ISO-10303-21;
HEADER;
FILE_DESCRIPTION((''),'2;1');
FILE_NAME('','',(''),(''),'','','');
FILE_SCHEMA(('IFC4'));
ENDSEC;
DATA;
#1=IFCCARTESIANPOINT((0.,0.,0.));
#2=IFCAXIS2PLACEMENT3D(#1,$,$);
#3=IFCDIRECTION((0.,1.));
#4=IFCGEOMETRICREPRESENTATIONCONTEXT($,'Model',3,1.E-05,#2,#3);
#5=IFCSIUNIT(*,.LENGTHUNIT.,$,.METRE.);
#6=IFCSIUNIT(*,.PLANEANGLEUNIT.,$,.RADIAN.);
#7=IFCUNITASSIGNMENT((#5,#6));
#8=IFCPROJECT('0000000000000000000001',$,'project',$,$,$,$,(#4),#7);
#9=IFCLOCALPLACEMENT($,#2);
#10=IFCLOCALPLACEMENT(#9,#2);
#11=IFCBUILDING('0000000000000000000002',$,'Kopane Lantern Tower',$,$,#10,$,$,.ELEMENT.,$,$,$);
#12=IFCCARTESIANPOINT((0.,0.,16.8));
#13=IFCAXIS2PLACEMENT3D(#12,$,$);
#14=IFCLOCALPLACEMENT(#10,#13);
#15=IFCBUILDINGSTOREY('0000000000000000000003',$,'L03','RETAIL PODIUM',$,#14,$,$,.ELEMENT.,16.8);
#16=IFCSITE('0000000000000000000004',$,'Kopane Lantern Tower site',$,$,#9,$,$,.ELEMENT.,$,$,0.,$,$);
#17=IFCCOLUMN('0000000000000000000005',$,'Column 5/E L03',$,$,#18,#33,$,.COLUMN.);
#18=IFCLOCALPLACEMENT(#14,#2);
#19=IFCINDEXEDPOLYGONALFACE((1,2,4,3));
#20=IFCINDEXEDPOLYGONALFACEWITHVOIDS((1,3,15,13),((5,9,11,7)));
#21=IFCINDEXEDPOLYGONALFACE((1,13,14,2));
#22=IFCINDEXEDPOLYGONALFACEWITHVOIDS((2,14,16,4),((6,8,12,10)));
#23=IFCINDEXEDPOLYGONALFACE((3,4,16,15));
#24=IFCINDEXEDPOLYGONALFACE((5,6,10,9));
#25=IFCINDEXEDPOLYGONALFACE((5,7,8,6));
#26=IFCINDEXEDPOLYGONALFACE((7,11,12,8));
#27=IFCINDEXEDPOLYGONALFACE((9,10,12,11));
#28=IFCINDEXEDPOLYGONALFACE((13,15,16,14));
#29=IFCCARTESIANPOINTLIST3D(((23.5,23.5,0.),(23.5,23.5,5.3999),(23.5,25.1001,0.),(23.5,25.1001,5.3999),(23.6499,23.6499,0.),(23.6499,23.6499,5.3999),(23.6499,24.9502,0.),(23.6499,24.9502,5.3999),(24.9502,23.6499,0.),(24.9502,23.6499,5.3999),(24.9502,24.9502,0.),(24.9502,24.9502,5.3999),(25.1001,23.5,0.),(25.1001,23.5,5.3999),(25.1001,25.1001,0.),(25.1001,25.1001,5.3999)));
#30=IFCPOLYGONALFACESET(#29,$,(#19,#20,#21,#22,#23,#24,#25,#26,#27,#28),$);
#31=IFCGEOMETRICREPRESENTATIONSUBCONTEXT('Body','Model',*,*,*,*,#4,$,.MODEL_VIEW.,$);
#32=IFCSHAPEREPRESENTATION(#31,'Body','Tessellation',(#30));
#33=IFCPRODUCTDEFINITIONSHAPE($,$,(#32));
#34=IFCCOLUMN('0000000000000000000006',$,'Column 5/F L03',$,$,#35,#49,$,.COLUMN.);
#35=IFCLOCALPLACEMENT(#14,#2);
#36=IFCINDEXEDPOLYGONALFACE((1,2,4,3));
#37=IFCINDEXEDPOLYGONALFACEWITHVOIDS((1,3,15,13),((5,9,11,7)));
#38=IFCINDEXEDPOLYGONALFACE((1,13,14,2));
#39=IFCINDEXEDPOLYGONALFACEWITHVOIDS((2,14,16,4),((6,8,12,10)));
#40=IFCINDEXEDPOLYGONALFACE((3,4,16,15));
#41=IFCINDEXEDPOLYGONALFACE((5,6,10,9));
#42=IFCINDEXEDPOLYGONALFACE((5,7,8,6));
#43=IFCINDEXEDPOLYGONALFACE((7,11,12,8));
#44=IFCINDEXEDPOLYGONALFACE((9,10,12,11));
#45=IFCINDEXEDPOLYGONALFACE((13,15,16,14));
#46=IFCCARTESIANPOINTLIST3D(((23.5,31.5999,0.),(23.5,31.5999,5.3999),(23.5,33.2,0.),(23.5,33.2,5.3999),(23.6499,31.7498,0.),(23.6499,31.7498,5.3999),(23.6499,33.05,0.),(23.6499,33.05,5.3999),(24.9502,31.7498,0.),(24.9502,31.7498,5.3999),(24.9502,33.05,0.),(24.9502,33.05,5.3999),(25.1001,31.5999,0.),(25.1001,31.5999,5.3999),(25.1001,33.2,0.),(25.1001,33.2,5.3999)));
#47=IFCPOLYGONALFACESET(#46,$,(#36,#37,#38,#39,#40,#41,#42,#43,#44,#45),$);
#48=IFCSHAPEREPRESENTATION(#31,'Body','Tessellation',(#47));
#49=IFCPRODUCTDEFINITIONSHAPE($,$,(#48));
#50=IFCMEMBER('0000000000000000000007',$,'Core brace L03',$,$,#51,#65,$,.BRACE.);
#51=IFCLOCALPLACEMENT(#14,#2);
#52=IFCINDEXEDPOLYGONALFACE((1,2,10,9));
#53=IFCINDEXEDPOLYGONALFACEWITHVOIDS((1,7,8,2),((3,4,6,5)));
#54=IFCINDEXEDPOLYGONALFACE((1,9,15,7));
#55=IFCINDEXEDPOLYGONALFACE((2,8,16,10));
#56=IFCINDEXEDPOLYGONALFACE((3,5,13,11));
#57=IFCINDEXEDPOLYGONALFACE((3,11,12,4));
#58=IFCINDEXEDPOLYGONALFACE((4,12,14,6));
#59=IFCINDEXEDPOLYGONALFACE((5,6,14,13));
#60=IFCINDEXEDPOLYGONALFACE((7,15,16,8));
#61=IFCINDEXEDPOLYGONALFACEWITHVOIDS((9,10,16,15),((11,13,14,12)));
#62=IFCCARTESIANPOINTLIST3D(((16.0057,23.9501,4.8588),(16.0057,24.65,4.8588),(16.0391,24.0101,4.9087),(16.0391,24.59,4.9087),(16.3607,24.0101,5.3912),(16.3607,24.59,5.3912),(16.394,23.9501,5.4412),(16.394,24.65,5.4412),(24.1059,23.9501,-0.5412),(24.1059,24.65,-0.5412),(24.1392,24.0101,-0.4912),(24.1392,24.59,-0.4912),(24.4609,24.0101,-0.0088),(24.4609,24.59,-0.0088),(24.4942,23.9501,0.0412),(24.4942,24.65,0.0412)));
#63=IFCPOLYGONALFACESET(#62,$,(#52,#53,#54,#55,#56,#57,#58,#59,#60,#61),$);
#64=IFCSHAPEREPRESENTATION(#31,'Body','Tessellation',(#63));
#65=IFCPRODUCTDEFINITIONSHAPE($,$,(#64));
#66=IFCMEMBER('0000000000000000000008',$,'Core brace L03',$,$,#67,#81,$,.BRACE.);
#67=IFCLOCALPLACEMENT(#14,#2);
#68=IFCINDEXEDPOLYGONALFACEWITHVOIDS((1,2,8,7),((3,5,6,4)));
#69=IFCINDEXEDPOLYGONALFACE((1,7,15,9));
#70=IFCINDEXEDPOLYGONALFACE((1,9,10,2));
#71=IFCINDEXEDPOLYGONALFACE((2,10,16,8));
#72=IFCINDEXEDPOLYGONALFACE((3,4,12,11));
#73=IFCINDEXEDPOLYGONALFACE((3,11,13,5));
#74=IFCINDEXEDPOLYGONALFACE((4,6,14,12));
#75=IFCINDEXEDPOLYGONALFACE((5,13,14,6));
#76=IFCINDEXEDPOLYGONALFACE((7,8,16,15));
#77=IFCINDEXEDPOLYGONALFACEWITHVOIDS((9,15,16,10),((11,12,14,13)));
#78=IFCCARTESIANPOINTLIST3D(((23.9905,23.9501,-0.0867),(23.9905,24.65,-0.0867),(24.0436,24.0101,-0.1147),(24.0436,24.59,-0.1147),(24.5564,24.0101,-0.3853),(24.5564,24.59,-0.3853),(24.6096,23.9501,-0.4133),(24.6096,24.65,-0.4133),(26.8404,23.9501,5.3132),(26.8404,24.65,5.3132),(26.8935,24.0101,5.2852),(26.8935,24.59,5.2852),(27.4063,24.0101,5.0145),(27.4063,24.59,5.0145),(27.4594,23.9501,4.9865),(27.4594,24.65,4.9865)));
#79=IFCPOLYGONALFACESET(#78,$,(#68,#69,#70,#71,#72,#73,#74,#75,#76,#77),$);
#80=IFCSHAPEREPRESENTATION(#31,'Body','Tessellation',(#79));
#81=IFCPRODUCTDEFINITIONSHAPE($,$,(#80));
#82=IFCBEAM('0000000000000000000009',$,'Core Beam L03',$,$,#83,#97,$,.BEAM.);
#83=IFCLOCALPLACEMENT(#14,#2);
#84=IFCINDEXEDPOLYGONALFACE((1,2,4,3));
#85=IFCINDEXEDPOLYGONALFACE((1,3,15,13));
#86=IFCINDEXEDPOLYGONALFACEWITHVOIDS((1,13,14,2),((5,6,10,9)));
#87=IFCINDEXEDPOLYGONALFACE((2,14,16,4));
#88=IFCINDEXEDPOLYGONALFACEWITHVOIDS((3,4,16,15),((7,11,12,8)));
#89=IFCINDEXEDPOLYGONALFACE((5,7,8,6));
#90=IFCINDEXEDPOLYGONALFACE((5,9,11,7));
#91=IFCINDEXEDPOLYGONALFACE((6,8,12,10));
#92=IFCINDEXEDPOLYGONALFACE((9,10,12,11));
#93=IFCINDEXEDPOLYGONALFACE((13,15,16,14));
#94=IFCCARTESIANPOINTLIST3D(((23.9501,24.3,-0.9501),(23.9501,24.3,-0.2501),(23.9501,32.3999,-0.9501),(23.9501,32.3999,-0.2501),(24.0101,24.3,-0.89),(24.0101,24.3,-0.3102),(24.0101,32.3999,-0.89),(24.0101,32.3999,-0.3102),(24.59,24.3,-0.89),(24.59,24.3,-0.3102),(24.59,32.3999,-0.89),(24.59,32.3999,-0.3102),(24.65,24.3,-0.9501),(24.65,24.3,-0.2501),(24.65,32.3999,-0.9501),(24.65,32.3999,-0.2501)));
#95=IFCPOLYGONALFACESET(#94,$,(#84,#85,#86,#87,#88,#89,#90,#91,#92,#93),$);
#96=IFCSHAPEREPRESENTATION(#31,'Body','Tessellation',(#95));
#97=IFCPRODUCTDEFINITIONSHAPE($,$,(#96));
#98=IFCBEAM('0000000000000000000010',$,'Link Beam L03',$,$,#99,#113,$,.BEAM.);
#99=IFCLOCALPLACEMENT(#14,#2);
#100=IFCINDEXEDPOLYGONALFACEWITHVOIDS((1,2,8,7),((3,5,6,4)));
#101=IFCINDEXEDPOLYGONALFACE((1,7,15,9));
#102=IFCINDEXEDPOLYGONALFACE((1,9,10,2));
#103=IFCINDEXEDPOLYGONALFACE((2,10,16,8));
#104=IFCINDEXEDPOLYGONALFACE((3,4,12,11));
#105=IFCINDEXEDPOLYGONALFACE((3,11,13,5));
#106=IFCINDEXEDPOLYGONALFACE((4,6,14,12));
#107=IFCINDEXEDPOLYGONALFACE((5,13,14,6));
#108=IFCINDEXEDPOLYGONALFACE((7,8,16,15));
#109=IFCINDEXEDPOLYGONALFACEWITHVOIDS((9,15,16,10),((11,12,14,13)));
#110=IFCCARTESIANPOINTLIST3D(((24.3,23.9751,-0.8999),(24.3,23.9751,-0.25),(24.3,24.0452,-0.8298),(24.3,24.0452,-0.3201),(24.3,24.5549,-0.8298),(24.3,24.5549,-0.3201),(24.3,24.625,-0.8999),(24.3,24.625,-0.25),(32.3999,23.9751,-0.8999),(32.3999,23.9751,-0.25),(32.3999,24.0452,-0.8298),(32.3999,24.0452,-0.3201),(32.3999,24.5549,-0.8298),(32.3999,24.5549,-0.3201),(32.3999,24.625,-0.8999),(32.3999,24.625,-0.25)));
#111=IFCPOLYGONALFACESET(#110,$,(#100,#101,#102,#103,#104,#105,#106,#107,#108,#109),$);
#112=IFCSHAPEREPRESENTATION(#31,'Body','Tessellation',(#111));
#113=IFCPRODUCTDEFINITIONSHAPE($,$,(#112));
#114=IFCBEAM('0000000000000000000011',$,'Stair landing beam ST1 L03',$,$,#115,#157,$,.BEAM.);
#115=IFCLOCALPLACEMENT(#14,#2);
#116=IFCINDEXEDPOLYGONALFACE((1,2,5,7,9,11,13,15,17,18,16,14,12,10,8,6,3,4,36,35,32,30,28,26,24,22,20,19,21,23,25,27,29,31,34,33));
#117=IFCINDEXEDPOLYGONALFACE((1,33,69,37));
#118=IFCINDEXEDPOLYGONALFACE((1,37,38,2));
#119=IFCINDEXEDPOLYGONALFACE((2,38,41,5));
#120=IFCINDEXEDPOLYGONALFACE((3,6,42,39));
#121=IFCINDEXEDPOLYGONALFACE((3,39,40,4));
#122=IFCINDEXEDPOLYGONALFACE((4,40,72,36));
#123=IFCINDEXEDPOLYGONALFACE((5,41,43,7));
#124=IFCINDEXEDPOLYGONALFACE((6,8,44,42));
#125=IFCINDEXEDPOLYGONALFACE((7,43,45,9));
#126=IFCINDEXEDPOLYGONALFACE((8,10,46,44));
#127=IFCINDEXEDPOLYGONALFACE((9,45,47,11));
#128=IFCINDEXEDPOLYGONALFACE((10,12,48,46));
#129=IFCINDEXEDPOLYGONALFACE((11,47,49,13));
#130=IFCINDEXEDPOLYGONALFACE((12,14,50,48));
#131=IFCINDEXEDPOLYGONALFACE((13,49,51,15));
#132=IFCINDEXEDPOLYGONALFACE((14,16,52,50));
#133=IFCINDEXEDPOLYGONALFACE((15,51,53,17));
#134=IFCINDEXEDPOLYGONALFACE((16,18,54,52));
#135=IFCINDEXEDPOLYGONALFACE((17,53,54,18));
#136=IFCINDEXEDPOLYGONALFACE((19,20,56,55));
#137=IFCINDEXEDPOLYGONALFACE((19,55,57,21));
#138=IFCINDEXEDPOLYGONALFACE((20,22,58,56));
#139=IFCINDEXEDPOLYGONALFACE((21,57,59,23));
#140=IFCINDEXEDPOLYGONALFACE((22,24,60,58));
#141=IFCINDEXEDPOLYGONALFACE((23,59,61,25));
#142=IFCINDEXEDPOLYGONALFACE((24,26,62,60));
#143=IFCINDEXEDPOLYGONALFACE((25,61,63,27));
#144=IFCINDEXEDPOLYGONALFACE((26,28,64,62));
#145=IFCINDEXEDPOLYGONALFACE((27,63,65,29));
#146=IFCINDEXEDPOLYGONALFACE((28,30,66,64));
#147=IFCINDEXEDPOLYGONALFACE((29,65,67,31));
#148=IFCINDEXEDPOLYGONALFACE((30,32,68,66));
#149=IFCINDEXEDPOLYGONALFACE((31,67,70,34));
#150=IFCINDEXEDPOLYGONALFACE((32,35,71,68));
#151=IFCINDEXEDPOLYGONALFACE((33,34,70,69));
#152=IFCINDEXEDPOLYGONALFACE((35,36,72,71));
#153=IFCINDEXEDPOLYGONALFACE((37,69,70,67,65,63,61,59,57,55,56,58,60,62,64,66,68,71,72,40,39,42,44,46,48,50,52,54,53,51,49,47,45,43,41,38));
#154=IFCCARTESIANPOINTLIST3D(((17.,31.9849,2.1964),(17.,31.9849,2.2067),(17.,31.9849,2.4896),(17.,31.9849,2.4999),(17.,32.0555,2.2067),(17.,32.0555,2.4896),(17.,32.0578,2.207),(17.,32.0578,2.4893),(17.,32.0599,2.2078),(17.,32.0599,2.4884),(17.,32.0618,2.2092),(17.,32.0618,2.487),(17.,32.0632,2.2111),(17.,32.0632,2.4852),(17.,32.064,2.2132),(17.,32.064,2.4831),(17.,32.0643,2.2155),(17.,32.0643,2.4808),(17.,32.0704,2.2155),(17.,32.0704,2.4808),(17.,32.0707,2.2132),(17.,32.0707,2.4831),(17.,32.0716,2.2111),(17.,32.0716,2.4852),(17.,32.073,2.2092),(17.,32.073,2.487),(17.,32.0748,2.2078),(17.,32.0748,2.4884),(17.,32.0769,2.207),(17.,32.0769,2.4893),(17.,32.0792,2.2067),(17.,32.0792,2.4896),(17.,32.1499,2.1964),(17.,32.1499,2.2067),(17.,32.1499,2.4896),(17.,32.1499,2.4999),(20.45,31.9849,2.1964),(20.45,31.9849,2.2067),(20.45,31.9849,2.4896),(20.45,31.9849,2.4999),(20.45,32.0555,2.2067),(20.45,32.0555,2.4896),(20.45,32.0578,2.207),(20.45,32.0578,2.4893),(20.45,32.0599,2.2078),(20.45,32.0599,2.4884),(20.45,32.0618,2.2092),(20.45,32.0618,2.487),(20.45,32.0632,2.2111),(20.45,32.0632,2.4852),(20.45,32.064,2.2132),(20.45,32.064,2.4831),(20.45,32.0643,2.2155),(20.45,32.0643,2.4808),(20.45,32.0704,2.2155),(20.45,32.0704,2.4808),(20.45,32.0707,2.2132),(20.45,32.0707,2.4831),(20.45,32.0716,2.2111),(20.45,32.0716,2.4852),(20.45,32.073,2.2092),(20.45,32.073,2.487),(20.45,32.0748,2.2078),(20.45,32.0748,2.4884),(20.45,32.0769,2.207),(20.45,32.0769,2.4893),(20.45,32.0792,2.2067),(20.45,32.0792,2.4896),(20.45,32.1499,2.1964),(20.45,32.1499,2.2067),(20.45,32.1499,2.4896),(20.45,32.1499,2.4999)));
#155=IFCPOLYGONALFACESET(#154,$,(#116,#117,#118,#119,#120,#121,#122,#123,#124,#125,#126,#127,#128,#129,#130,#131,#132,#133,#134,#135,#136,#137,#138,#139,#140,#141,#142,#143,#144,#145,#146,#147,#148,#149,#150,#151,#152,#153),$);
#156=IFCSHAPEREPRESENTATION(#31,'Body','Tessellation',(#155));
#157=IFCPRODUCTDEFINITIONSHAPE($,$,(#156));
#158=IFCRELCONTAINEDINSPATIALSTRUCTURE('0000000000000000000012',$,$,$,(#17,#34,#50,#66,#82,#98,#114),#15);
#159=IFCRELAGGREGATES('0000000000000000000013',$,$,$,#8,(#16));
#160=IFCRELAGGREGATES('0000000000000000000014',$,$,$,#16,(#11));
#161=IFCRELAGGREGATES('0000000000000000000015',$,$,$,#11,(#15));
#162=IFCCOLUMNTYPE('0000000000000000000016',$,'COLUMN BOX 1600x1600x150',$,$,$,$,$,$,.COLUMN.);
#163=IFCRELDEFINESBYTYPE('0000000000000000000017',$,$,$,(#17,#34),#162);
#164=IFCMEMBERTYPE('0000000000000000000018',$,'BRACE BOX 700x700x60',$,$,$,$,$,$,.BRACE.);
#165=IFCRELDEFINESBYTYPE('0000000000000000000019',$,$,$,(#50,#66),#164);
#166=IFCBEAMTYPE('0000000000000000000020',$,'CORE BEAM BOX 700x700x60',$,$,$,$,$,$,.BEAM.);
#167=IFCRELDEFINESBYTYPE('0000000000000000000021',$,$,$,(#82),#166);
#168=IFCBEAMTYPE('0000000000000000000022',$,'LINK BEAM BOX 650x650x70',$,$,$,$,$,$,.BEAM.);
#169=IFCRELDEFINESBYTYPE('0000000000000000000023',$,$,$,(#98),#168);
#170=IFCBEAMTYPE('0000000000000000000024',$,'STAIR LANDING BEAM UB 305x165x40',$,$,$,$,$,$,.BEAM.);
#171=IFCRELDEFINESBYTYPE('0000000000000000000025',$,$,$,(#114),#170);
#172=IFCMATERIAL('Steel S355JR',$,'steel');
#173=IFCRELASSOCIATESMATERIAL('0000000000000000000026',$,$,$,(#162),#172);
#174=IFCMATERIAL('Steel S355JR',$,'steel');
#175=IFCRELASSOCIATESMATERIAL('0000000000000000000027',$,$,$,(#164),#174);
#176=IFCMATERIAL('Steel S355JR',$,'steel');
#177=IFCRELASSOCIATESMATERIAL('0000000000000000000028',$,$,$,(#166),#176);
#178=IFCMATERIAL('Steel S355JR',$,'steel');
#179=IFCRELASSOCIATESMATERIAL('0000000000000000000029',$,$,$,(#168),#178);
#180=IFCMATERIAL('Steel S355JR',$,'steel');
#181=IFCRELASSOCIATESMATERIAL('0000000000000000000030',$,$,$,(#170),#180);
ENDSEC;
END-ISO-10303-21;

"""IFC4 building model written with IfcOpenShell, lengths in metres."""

from ifc_helpers import new_model, si_unit, direction, frame, origin, origin_2d, place, context, subcontext, project, spatial, hollow_rectangle, i_section, extrude, material, material_profile, profile_set, type_object, element, save


model = new_model("IFC4")

# Units and contexts
model_context = context("Model", 3, precision=1e-05, world=origin(), true_north=direction((0.0, 1.0)))
body_context = subcontext(model_context, "Body", "Model", "MODEL_VIEW")
ifc_project = project(units=[si_unit("LENGTHUNIT", "METRE"), si_unit("PLANEANGLEUNIT", "RADIAN")], contexts=[model_context])

# Site, building, storey
site_placement = place(None, origin())
site = spatial("IfcSite", under=ifc_project, at=site_placement, Name="Kopane Lantern Tower site", CompositionType="ELEMENT", RefElevation=0.0)
building_placement = place(site_placement, origin())
building = spatial("IfcBuilding", under=site, at=building_placement, Name="Kopane Lantern Tower", CompositionType="ELEMENT")
storey_placement = place(building_placement, frame((0.0, 0.0, 16.8)))
storey = spatial("IfcBuildingStorey", under=building, at=storey_placement, Name="L03", Description="RETAIL PODIUM", CompositionType="ELEMENT", Elevation=16.8)

# Columns
ifc_material_1 = material(Name="Steel S355JR", Category="steel")
ifc_material_profile_1 = material_profile(ifc_material_1, hollow_rectangle(XDim=1.6001, YDim=1.6001, WallThickness=0.1499, at=origin_2d()), Name="BOX 1600x1600x150")
ifc_profile_set_1 = profile_set([ifc_material_profile_1], Name="Steel S355JR")
column_type = type_object("IfcColumnType", Name="COLUMN BOX 1600x1600x150", PredefinedType="COLUMN", material=ifc_profile_set_1)
for number, where, z_axis, x_axis, name in (
    (1, (24.3, 24.3, 0.0), (0.0, 0.0, 1.0), (1.0, 0.0, 0.0), "Column 5/E L03"),
    (2, (24.3, 32.3999, 0.0), (0.0, 0.0, 1.0), (1.0, 0.0, 0.0), "Column 5/F L03"),
):
    element("IfcColumn", number, at=place(storey_placement, frame(where, z_axis=z_axis, x_axis=x_axis)), inside=storey, type_object=column_type, Name=name, PredefinedType="COLUMN", context=body_context, shape_type="SweptSolid", body=[
        extrude(hollow_rectangle(XDim=1.6001, YDim=1.6001, WallThickness=0.1499, at=origin_2d()), origin(), (0.0, 0.0, 1.0), 5.3999),
    ])

# Members
ifc_material_2 = material(Name="Steel S355JR", Category="steel")
ifc_material_profile_2 = material_profile(ifc_material_2, hollow_rectangle(XDim=0.7, YDim=0.7, WallThickness=0.0601, at=origin_2d()), Name="BOX 700x700x60")
ifc_profile_set_2 = profile_set([ifc_material_profile_2], Name="Steel S355JR")
member_type = type_object("IfcMemberType", Name="BRACE BOX 700x700x60", PredefinedType="BRACE", material=ifc_profile_set_2)
member_1_placement = place(storey_placement, frame((24.3, 24.3, -0.25), z_axis=(-0.832058, 0.0, 0.554689), x_axis=(0.0, -1.0, 0.0)))
element("IfcMember", 3, at=member_1_placement, inside=storey, type_object=member_type, Name="Core brace L03", PredefinedType="BRACE", context=body_context, shape_type="SweptSolid", body=[
    extrude(hollow_rectangle(XDim=0.7, YDim=0.7, WallThickness=0.0601, at=origin_2d()), origin(), (0.0, 0.0, 1.0), 9.7351),
])
member_2_placement = place(storey_placement, frame((24.3, 24.3, -0.25), z_axis=(0.466746, 0.0, 0.884391), x_axis=(0.0, 1.0, 0.0)))
element("IfcMember", 4, at=member_2_placement, inside=storey, type_object=member_type, Name="Core brace L03", PredefinedType="BRACE", context=body_context, shape_type="SweptSolid", body=[
    extrude(hollow_rectangle(XDim=0.7, YDim=0.7, WallThickness=0.0601, at=origin_2d()), origin(), (0.0, 0.0, 1.0), 6.1057),
])

# Beams
ifc_material_3 = material(Name="Steel S355JR", Category="steel")
ifc_material_profile_3 = material_profile(ifc_material_3, hollow_rectangle(XDim=0.7, YDim=0.7, WallThickness=0.0601, at=origin_2d()), Name="BOX 700x700x60")
ifc_profile_set_3 = profile_set([ifc_material_profile_3], Name="Steel S355JR")
beam_type_1 = type_object("IfcBeamType", Name="CORE BEAM BOX 700x700x60", PredefinedType="BEAM", material=ifc_profile_set_3)
beam_1_placement = place(storey_placement, frame((24.3, 24.3, -0.6001), z_axis=(0.0, 1.0, 0.0), x_axis=(-1.0, 0.0, 0.0)))
element("IfcBeam", 5, at=beam_1_placement, inside=storey, type_object=beam_type_1, Name="Core Beam L03", PredefinedType="BEAM", context=body_context, shape_type="SweptSolid", body=[
    extrude(hollow_rectangle(XDim=0.7, YDim=0.7, WallThickness=0.0601, at=origin_2d()), origin(), (0.0, 0.0, 1.0), 8.0999),
])
ifc_material_4 = material(Name="Steel S355JR", Category="steel")
ifc_material_profile_4 = material_profile(ifc_material_4, hollow_rectangle(XDim=0.6499, YDim=0.6499, WallThickness=0.0701, at=origin_2d()), Name="BOX 650x650x70")
ifc_profile_set_4 = profile_set([ifc_material_profile_4], Name="Steel S355JR")
beam_type_2 = type_object("IfcBeamType", Name="LINK BEAM BOX 650x650x70", PredefinedType="BEAM", material=ifc_profile_set_4)
beam_2_placement = place(storey_placement, frame((24.3, 24.3, -0.575), z_axis=(1.0, 0.0, 0.0), x_axis=(0.0, 1.0, 0.0)))
element("IfcBeam", 6, at=beam_2_placement, inside=storey, type_object=beam_type_2, Name="Link Beam L03", PredefinedType="BEAM", context=body_context, shape_type="SweptSolid", body=[
    extrude(hollow_rectangle(XDim=0.6499, YDim=0.6499, WallThickness=0.0701, at=origin_2d()), origin(), (0.0, 0.0, 1.0), 8.0999),
])
ifc_material_5 = material(Name="Steel S355JR", Category="steel")
ifc_material_profile_5 = material_profile(ifc_material_5, i_section(OverallWidth=0.165, OverallDepth=0.3035, WebThickness=0.0061, FlangeThickness=0.0103, FilletRadius=0.0088, at=origin_2d()), Name="UB 305x165x40")
ifc_profile_set_5 = profile_set([ifc_material_profile_5], Name="Steel S355JR")
beam_type_3 = type_object("IfcBeamType", Name="STAIR LANDING BEAM UB 305x165x40", PredefinedType="BEAM", material=ifc_profile_set_5)
beam_3_placement = place(storey_placement, frame((17.0, 32.0674, 2.3481), z_axis=(1.0, 0.0, 0.0), x_axis=(0.0, 1.0, 0.0)))
element("IfcBeam", 7, at=beam_3_placement, inside=storey, type_object=beam_type_3, Name="Stair landing beam ST1 L03", PredefinedType="BEAM", context=body_context, shape_type="SweptSolid", body=[
    extrude(i_section(OverallWidth=0.165, OverallDepth=0.3035, WebThickness=0.0061, FlangeThickness=0.0103, FilletRadius=0.0088, at=origin_2d()), origin(), (0.0, 0.0, 1.0), 3.45),
])

save(model, "model.ifc")
